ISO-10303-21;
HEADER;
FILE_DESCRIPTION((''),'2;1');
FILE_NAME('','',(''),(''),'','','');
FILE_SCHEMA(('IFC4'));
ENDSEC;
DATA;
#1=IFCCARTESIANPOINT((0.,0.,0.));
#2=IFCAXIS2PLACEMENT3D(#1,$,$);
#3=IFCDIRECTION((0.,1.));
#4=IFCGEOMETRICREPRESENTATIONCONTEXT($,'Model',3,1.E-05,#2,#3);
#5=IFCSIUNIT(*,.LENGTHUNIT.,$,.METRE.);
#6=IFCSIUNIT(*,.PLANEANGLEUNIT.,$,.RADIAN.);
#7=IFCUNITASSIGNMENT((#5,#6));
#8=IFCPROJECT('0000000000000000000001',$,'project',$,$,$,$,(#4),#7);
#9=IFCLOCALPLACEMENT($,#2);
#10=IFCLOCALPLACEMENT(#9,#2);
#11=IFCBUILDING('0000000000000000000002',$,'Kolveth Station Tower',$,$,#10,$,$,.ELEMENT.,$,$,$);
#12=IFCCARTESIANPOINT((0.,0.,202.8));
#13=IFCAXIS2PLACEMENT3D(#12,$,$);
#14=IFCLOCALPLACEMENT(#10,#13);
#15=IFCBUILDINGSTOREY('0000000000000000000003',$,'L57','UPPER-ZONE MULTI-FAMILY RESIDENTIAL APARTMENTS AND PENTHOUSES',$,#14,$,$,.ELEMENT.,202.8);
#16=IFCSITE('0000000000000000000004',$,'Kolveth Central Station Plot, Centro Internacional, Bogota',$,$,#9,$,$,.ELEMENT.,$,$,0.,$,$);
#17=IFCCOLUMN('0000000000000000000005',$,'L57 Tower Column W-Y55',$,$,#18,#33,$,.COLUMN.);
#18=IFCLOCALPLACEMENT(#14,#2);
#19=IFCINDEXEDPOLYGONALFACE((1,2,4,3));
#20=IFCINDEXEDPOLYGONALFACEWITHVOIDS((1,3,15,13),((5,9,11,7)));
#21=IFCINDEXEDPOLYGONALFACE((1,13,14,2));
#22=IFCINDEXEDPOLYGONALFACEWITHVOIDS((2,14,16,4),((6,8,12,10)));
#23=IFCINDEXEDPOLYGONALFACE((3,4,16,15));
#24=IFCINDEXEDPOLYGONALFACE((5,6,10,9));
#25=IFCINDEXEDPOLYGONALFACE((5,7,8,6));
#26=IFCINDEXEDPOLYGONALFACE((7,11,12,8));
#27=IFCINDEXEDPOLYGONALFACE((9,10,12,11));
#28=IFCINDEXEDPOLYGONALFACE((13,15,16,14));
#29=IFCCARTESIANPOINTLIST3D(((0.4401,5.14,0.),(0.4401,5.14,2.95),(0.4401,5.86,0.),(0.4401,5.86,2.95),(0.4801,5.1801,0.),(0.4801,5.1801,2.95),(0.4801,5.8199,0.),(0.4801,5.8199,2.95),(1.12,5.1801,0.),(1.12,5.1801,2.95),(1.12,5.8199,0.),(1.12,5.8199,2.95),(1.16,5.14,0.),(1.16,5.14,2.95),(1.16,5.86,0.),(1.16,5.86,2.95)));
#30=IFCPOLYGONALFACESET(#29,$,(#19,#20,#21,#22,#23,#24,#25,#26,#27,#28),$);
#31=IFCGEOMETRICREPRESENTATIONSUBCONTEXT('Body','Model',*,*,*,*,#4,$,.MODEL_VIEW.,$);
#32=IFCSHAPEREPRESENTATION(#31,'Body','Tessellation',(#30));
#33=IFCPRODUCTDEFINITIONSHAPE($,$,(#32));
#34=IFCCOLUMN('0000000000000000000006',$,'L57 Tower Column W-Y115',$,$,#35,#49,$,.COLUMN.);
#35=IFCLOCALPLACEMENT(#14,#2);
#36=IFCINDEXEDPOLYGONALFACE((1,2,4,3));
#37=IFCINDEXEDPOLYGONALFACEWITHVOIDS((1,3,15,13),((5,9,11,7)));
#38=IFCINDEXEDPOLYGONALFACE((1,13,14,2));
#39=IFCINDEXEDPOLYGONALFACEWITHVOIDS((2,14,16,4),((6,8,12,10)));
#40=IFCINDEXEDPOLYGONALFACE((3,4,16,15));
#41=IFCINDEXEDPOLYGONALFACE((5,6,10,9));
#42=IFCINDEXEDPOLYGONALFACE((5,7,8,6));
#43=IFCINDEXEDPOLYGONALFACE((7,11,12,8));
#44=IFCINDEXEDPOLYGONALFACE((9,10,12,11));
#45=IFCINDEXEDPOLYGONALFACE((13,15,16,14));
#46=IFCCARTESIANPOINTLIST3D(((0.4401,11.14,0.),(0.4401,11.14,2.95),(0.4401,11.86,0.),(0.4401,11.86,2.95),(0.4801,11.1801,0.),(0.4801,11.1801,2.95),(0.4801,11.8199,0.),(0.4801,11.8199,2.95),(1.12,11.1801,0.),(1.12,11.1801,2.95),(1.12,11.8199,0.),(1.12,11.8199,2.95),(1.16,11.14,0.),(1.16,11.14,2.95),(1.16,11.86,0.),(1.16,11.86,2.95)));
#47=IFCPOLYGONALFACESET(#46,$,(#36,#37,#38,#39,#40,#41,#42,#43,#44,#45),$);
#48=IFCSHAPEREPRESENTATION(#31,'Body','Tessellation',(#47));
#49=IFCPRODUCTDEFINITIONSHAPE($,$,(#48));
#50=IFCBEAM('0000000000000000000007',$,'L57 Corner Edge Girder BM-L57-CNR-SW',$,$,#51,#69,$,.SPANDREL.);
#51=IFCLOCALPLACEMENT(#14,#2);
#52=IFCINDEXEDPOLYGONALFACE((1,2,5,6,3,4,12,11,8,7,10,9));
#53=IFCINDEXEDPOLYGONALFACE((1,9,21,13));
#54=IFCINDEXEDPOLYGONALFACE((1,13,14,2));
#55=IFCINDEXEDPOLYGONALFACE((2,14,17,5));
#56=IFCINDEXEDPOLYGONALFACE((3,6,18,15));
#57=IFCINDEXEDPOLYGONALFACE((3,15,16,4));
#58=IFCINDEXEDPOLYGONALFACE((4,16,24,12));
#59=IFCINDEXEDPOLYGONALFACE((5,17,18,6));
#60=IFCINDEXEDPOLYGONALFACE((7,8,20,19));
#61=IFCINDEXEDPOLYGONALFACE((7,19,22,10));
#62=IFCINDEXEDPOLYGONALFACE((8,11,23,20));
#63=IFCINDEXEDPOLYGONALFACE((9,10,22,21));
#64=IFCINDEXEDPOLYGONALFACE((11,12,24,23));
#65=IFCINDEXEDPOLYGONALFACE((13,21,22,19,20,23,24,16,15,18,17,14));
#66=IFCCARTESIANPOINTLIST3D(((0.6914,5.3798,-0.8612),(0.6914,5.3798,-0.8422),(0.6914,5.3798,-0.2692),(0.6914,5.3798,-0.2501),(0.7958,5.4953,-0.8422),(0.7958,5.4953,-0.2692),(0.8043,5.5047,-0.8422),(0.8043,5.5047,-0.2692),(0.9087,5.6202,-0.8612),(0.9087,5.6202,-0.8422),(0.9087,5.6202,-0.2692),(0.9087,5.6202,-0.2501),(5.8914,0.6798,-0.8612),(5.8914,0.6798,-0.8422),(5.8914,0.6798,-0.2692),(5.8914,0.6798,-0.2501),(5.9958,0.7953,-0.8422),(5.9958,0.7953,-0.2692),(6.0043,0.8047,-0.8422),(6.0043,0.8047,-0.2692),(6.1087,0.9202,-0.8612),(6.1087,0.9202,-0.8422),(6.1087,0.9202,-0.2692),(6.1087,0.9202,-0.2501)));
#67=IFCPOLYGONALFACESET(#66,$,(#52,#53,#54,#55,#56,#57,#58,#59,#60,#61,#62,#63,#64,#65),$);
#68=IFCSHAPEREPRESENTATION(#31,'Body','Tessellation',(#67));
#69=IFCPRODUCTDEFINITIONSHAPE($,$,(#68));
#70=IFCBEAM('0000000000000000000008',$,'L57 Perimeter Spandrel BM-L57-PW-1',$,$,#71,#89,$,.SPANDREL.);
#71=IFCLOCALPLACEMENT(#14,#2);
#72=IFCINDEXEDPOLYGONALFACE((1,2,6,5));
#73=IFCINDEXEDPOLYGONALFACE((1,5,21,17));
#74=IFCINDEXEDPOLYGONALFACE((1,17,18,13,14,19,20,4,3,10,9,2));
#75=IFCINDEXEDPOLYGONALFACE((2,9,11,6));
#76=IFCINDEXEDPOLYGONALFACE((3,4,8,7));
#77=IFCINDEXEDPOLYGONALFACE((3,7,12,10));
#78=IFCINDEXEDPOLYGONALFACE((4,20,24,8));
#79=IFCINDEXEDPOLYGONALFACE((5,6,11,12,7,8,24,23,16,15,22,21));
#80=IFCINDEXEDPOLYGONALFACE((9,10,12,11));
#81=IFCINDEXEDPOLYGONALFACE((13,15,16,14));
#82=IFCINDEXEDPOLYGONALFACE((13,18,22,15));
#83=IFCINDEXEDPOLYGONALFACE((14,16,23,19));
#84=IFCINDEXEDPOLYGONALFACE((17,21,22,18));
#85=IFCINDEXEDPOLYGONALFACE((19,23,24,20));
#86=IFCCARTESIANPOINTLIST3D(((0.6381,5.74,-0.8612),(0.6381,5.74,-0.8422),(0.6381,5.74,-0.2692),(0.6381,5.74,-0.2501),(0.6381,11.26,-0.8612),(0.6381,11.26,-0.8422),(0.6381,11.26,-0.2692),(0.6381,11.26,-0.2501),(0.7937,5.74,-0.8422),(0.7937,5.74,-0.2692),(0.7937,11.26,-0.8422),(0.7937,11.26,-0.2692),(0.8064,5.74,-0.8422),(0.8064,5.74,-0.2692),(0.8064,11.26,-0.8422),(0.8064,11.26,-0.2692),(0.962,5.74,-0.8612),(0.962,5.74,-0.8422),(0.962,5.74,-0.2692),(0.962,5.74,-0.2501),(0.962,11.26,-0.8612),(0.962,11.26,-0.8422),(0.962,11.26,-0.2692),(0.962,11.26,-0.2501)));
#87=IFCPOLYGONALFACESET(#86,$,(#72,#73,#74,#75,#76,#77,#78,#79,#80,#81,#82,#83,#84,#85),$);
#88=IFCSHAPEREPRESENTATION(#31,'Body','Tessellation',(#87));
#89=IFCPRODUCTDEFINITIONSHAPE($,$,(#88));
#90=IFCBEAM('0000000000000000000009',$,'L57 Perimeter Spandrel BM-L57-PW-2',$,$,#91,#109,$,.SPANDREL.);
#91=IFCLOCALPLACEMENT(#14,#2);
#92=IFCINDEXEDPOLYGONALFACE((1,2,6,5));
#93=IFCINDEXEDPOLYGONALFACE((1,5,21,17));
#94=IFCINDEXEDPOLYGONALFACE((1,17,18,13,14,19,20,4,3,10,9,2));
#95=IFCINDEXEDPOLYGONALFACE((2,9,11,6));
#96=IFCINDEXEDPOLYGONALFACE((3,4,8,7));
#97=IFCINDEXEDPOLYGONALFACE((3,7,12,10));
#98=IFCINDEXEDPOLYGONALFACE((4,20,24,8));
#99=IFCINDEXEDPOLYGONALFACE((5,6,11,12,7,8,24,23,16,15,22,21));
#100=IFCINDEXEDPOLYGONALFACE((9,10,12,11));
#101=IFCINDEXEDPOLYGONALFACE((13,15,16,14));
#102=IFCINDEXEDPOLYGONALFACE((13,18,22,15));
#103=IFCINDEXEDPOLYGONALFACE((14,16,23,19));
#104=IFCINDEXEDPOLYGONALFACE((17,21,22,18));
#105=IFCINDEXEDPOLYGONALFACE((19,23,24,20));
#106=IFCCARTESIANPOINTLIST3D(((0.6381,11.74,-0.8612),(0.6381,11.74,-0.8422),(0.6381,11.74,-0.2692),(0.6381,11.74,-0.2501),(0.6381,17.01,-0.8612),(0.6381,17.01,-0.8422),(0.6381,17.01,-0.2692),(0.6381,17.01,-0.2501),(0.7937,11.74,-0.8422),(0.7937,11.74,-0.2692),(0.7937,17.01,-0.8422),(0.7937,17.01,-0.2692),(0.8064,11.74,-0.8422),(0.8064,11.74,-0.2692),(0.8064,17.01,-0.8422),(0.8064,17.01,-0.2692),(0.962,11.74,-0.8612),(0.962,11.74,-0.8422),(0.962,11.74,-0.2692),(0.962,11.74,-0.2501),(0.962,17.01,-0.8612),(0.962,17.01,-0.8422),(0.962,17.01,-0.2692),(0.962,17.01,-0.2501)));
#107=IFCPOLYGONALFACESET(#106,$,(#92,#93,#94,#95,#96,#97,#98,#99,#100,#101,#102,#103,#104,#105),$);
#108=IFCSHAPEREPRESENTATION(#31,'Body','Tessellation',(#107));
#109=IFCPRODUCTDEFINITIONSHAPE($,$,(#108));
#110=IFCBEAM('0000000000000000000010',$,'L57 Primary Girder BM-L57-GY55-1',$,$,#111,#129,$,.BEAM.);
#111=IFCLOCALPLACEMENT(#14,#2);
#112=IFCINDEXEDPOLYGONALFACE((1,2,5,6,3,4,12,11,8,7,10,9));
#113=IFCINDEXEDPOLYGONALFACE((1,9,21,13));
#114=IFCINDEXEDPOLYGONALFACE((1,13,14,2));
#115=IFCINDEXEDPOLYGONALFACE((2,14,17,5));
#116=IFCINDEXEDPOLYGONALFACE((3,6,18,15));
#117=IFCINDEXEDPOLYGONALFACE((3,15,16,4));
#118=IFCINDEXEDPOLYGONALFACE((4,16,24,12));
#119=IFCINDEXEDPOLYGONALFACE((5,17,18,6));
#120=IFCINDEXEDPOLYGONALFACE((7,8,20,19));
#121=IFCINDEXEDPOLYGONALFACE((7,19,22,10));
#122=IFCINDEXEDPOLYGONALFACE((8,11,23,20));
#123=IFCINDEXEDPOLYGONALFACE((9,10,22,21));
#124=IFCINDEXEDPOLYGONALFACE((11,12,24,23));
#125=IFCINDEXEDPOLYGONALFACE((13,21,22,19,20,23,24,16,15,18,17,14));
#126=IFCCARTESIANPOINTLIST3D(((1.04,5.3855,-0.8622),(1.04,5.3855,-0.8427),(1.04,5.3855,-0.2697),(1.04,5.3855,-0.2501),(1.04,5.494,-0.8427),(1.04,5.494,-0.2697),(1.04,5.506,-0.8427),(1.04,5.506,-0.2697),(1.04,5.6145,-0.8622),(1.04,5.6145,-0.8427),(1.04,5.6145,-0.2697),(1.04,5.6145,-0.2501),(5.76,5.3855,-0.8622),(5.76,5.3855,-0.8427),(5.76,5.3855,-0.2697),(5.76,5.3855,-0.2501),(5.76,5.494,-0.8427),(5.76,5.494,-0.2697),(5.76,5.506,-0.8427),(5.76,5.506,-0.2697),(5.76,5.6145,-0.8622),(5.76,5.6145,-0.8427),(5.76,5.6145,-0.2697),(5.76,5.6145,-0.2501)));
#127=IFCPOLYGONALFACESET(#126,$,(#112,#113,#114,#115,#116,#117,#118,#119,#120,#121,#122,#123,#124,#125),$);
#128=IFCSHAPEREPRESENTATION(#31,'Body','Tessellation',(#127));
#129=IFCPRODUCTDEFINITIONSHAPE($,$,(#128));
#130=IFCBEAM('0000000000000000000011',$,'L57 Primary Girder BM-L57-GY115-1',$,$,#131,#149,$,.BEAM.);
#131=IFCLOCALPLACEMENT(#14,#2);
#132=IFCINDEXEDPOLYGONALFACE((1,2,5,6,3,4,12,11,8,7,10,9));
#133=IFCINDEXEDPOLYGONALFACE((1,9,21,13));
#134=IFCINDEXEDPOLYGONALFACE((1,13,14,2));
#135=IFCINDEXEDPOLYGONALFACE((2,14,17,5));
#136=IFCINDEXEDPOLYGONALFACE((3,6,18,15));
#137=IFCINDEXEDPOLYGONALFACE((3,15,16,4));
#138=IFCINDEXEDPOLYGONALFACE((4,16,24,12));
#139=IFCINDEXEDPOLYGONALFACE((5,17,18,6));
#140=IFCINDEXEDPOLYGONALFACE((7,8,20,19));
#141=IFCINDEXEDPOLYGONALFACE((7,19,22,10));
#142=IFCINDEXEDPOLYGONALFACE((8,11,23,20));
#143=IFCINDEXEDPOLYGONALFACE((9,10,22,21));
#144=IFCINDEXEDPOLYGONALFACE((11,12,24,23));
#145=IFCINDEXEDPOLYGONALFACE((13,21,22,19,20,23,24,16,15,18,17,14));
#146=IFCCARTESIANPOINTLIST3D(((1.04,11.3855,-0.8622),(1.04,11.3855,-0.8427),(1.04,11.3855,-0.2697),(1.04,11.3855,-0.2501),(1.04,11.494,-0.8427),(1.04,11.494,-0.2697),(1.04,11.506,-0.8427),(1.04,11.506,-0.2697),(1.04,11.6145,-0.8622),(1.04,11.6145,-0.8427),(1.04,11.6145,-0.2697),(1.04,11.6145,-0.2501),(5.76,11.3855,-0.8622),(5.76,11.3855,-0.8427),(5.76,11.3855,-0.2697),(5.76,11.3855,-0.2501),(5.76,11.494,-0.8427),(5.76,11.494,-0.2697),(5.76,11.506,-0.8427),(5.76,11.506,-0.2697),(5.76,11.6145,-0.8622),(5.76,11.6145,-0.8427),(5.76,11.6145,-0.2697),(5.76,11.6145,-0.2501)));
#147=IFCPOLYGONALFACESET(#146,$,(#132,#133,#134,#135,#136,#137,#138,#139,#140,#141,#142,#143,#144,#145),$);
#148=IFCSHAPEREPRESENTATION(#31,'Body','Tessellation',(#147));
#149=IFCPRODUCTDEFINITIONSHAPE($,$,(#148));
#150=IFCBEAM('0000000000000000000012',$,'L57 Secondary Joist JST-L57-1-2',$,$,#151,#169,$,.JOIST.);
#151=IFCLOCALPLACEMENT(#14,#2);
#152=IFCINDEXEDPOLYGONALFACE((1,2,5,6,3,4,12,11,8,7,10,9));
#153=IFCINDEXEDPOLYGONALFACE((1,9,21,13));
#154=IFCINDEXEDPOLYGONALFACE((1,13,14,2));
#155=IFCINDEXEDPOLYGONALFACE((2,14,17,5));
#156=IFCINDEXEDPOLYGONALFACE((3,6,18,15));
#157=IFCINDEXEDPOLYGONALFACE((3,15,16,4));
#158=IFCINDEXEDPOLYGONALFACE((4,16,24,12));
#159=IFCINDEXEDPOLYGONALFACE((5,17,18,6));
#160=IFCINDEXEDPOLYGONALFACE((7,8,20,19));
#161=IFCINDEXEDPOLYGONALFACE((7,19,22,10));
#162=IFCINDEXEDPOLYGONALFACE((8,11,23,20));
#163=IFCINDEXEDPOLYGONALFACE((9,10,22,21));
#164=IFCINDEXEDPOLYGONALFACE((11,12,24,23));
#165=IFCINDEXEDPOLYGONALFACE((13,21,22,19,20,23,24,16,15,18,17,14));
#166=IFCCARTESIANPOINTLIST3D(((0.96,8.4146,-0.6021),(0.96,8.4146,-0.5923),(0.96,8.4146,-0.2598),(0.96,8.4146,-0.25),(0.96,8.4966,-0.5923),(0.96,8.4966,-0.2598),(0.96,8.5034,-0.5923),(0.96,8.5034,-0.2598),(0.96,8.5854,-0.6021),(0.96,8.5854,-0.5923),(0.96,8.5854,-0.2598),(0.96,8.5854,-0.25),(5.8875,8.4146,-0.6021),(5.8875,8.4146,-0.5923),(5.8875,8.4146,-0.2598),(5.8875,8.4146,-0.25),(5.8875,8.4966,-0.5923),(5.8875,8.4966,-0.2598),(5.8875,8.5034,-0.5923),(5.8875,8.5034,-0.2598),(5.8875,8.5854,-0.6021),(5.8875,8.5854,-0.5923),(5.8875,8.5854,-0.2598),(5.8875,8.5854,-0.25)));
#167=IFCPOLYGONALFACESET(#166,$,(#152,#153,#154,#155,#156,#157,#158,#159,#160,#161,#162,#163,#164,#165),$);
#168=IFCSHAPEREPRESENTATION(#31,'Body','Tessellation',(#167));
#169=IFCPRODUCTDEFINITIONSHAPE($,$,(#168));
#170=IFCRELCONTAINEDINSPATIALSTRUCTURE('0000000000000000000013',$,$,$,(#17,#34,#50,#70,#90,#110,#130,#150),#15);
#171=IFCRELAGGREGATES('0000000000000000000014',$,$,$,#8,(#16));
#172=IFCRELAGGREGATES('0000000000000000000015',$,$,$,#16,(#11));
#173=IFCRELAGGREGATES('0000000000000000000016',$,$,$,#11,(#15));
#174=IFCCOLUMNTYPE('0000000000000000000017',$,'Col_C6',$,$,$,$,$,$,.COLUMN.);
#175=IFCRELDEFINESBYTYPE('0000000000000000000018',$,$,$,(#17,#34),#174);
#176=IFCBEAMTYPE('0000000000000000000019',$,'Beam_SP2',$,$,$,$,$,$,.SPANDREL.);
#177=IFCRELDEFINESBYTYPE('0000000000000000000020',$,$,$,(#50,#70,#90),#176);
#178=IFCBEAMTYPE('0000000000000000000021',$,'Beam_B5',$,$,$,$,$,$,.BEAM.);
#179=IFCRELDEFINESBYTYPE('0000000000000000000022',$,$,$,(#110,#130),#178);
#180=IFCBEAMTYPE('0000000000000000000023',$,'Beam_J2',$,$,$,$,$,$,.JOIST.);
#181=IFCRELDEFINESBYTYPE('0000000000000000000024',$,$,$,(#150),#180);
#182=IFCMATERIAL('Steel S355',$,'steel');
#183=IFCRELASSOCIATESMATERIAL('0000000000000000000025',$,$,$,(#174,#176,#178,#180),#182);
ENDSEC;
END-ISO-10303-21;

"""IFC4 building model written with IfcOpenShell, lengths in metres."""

from ifc_helpers import new_model, si_unit, direction, frame, origin, origin_2d, place, context, subcontext, project, spatial, hollow_rectangle, i_section, extrude, source, transform, mapped, material, material_profile, profile_set, type_object, element, save


model = new_model("IFC4")

# Units and contexts
model_context = context("Model", 3, precision=1e-05, world=origin(), true_north=direction((0.0, 1.0)))
body_context = subcontext(model_context, "Body", "Model", "MODEL_VIEW")
ifc_project = project(units=[si_unit("LENGTHUNIT", "METRE"), si_unit("PLANEANGLEUNIT", "RADIAN")], contexts=[model_context])

# Site, building, storey
site_placement = place(None, origin())
site = spatial("IfcSite", under=ifc_project, at=site_placement, Name="Kolveth Central Station Plot, Centro Internacional, Bogota", CompositionType="ELEMENT", RefElevation=0.0)
building_placement = place(site_placement, origin())
building = spatial("IfcBuilding", under=site, at=building_placement, Name="Kolveth Station Tower", CompositionType="ELEMENT")
storey_placement = place(building_placement, frame((0.0, 0.0, 202.8)))
storey = spatial("IfcBuildingStorey", under=building, at=storey_placement, Name="L57", Description="UPPER-ZONE MULTI-FAMILY RESIDENTIAL APARTMENTS AND PENTHOUSES", CompositionType="ELEMENT", Elevation=202.8)

# Columns
ifc_material_1 = material(Name="Steel S355", Category="steel")
ifc_material_profile_1 = material_profile(ifc_material_1, hollow_rectangle(XDim=0.72, YDim=0.72, WallThickness=0.04, at=origin_2d()), Name="BOX720x720x40")
ifc_profile_set_1 = profile_set([ifc_material_profile_1], Name="Steel S355")
column_type = type_object("IfcColumnType", Name="Col_C6", PredefinedType="COLUMN", material=ifc_profile_set_1)
shared_shape_1 = source(origin(), body_context, "Body", "SweptSolid", [
    extrude(hollow_rectangle(XDim=0.72, YDim=0.72, WallThickness=0.04, at=origin_2d()), origin(), (0.0, 0.0, 1.0), 2.95),
])
for number, where, z_axis, x_axis, name in (
    (1, (0.8, 5.5, 0.0), (0.0, 0.0, 1.0), (1.0, 0.0, 0.0), "L57 Tower Column W-Y55"),
    (2, (0.8, 11.5, 0.0), (0.0, 0.0, 1.0), (1.0, 0.0, 0.0), "L57 Tower Column W-Y115"),
):
    element("IfcColumn", number, at=place(storey_placement, frame(where, z_axis=z_axis, x_axis=x_axis)), inside=storey, type_object=column_type, Name=name, PredefinedType="COLUMN", context=body_context, shape_type="MappedRepresentation", body=[
        mapped(shared_shape_1, transform((0.0, 0.0, 0.0), x_axis=(1.0, 0.0, 0.0), y_axis=(0.0, 1.0, 0.0), z_axis=(0.0, 0.0, 1.0), scale=1.0)),
    ])

# Beams
ifc_material_profile_2 = material_profile(ifc_material_1, i_section(OverallWidth=0.324, OverallDepth=0.6111, WebThickness=0.0127, FlangeThickness=0.019, at=origin_2d()), Name="W610x155")
ifc_profile_set_2 = profile_set([ifc_material_profile_2], Name="Steel S355")
beam_type_1 = type_object("IfcBeamType", Name="Beam_SP2", PredefinedType="SPANDREL", material=ifc_profile_set_2)
shared_shape_2 = source(origin(), body_context, "Body", "SweptSolid", [
    extrude(i_section(OverallWidth=0.324, OverallDepth=0.6111, WebThickness=0.0127, FlangeThickness=0.019, at=origin_2d()), origin(), (0.0, 0.0, 1.0), 7.0093),
])
beam_1_placement = place(storey_placement, frame((0.8, 5.5, -0.5557), z_axis=(0.741874, -0.670539, 0.0), x_axis=(0.670539, 0.741874, 0.0)))
element("IfcBeam", 3, at=beam_1_placement, inside=storey, type_object=beam_type_1, Name="L57 Corner Edge Girder BM-L57-CNR-SW", PredefinedType="SPANDREL", context=body_context, shape_type="MappedRepresentation", body=[
    mapped(shared_shape_2, transform((0.0, 0.0, 0.0), x_axis=(1.0, 0.0, 0.0), y_axis=(0.0, 1.0, 0.0), z_axis=(0.0, 0.0, 1.0), scale=1.0)),
])
shared_shape_3 = source(origin(), body_context, "Body", "SweptSolid", [
    extrude(i_section(OverallWidth=0.324, OverallDepth=0.6111, WebThickness=0.0127, FlangeThickness=0.019, at=origin_2d()), origin(), (0.0, 0.0, 1.0), 5.52),
])
beam_2_placement = place(storey_placement, frame((0.8, 5.74, -0.5557), z_axis=(0.0, 1.0, 0.0), x_axis=(-1.0, 0.0, 0.0)))
element("IfcBeam", 4, at=beam_2_placement, inside=storey, type_object=beam_type_1, Name="L57 Perimeter Spandrel BM-L57-PW-1", PredefinedType="SPANDREL", context=body_context, shape_type="MappedRepresentation", body=[
    mapped(shared_shape_3, transform((0.0, 0.0, 0.0), x_axis=(1.0, 0.0, 0.0), y_axis=(0.0, 1.0, 0.0), z_axis=(0.0, 0.0, 1.0), scale=1.0)),
])
shared_shape_4 = source(origin(), body_context, "Body", "SweptSolid", [
    extrude(i_section(OverallWidth=0.324, OverallDepth=0.6111, WebThickness=0.0127, FlangeThickness=0.019, at=origin_2d()), origin(), (0.0, 0.0, 1.0), 5.27),
])
beam_3_placement = place(storey_placement, frame((0.8, 11.74, -0.5557), z_axis=(0.0, 1.0, 0.0), x_axis=(-1.0, 0.0, 0.0)))
element("IfcBeam", 5, at=beam_3_placement, inside=storey, type_object=beam_type_1, Name="L57 Perimeter Spandrel BM-L57-PW-2", PredefinedType="SPANDREL", context=body_context, shape_type="MappedRepresentation", body=[
    mapped(shared_shape_4, transform((0.0, 0.0, 0.0), x_axis=(1.0, 0.0, 0.0), y_axis=(0.0, 1.0, 0.0), z_axis=(0.0, 0.0, 1.0), scale=1.0)),
])
ifc_material_profile_3 = material_profile(ifc_material_1, i_section(OverallWidth=0.229, OverallDepth=0.6121, WebThickness=0.012, FlangeThickness=0.0195, at=origin_2d()), Name="W610x125")
ifc_profile_set_3 = profile_set([ifc_material_profile_3], Name="Steel S355")
beam_type_2 = type_object("IfcBeamType", Name="Beam_B5", PredefinedType="BEAM", material=ifc_profile_set_3)
shared_shape_5 = source(origin(), body_context, "Body", "SweptSolid", [
    extrude(i_section(OverallWidth=0.229, OverallDepth=0.6121, WebThickness=0.012, FlangeThickness=0.0195, at=origin_2d()), origin(), (0.0, 0.0, 1.0), 4.72),
])
for number, where, z_axis, x_axis, name in (
    (6, (1.04, 5.5, -0.5562), (1.0, 0.0, 0.0), (0.0, 1.0, 0.0), "L57 Primary Girder BM-L57-GY55-1"),
    (7, (1.04, 11.5, -0.5562), (1.0, 0.0, 0.0), (0.0, 1.0, 0.0), "L57 Primary Girder BM-L57-GY115-1"),
):
    element("IfcBeam", number, at=place(storey_placement, frame(where, z_axis=z_axis, x_axis=x_axis)), inside=storey, type_object=beam_type_2, Name=name, PredefinedType="BEAM", context=body_context, shape_type="MappedRepresentation", body=[
        mapped(shared_shape_5, transform((0.0, 0.0, 0.0), x_axis=(1.0, 0.0, 0.0), y_axis=(0.0, 1.0, 0.0), z_axis=(0.0, 0.0, 1.0), scale=1.0)),
    ])
ifc_material_profile_4 = material_profile(ifc_material_1, i_section(OverallWidth=0.1709, OverallDepth=0.3521, WebThickness=0.0068, FlangeThickness=0.0098, at=origin_2d()), Name="W360x44")
ifc_profile_set_4 = profile_set([ifc_material_profile_4], Name="Steel S355")
beam_type_3 = type_object("IfcBeamType", Name="Beam_J2", PredefinedType="JOIST", material=ifc_profile_set_4)
shared_shape_6 = source(origin(), body_context, "Body", "SweptSolid", [
    extrude(i_section(OverallWidth=0.1709, OverallDepth=0.3521, WebThickness=0.0068, FlangeThickness=0.0098, at=origin_2d()), origin(), (0.0, 0.0, 1.0), 4.9275),
])
for number, where, z_axis, x_axis, name in (
    (8, (0.96, 8.5, -0.426), (1.0, 0.0, 0.0), (0.0, 1.0, 0.0), "L57 Secondary Joist JST-L57-1-2"),
):
    element("IfcBeam", number, at=place(storey_placement, frame(where, z_axis=z_axis, x_axis=x_axis)), inside=storey, type_object=beam_type_3, Name=name, PredefinedType="JOIST", context=body_context, shape_type="MappedRepresentation", body=[
        mapped(shared_shape_6, transform((0.0, 0.0, 0.0), x_axis=(1.0, 0.0, 0.0), y_axis=(0.0, 1.0, 0.0), z_axis=(0.0, 0.0, 1.0), scale=1.0)),
    ])

save(model, "model.ifc")
